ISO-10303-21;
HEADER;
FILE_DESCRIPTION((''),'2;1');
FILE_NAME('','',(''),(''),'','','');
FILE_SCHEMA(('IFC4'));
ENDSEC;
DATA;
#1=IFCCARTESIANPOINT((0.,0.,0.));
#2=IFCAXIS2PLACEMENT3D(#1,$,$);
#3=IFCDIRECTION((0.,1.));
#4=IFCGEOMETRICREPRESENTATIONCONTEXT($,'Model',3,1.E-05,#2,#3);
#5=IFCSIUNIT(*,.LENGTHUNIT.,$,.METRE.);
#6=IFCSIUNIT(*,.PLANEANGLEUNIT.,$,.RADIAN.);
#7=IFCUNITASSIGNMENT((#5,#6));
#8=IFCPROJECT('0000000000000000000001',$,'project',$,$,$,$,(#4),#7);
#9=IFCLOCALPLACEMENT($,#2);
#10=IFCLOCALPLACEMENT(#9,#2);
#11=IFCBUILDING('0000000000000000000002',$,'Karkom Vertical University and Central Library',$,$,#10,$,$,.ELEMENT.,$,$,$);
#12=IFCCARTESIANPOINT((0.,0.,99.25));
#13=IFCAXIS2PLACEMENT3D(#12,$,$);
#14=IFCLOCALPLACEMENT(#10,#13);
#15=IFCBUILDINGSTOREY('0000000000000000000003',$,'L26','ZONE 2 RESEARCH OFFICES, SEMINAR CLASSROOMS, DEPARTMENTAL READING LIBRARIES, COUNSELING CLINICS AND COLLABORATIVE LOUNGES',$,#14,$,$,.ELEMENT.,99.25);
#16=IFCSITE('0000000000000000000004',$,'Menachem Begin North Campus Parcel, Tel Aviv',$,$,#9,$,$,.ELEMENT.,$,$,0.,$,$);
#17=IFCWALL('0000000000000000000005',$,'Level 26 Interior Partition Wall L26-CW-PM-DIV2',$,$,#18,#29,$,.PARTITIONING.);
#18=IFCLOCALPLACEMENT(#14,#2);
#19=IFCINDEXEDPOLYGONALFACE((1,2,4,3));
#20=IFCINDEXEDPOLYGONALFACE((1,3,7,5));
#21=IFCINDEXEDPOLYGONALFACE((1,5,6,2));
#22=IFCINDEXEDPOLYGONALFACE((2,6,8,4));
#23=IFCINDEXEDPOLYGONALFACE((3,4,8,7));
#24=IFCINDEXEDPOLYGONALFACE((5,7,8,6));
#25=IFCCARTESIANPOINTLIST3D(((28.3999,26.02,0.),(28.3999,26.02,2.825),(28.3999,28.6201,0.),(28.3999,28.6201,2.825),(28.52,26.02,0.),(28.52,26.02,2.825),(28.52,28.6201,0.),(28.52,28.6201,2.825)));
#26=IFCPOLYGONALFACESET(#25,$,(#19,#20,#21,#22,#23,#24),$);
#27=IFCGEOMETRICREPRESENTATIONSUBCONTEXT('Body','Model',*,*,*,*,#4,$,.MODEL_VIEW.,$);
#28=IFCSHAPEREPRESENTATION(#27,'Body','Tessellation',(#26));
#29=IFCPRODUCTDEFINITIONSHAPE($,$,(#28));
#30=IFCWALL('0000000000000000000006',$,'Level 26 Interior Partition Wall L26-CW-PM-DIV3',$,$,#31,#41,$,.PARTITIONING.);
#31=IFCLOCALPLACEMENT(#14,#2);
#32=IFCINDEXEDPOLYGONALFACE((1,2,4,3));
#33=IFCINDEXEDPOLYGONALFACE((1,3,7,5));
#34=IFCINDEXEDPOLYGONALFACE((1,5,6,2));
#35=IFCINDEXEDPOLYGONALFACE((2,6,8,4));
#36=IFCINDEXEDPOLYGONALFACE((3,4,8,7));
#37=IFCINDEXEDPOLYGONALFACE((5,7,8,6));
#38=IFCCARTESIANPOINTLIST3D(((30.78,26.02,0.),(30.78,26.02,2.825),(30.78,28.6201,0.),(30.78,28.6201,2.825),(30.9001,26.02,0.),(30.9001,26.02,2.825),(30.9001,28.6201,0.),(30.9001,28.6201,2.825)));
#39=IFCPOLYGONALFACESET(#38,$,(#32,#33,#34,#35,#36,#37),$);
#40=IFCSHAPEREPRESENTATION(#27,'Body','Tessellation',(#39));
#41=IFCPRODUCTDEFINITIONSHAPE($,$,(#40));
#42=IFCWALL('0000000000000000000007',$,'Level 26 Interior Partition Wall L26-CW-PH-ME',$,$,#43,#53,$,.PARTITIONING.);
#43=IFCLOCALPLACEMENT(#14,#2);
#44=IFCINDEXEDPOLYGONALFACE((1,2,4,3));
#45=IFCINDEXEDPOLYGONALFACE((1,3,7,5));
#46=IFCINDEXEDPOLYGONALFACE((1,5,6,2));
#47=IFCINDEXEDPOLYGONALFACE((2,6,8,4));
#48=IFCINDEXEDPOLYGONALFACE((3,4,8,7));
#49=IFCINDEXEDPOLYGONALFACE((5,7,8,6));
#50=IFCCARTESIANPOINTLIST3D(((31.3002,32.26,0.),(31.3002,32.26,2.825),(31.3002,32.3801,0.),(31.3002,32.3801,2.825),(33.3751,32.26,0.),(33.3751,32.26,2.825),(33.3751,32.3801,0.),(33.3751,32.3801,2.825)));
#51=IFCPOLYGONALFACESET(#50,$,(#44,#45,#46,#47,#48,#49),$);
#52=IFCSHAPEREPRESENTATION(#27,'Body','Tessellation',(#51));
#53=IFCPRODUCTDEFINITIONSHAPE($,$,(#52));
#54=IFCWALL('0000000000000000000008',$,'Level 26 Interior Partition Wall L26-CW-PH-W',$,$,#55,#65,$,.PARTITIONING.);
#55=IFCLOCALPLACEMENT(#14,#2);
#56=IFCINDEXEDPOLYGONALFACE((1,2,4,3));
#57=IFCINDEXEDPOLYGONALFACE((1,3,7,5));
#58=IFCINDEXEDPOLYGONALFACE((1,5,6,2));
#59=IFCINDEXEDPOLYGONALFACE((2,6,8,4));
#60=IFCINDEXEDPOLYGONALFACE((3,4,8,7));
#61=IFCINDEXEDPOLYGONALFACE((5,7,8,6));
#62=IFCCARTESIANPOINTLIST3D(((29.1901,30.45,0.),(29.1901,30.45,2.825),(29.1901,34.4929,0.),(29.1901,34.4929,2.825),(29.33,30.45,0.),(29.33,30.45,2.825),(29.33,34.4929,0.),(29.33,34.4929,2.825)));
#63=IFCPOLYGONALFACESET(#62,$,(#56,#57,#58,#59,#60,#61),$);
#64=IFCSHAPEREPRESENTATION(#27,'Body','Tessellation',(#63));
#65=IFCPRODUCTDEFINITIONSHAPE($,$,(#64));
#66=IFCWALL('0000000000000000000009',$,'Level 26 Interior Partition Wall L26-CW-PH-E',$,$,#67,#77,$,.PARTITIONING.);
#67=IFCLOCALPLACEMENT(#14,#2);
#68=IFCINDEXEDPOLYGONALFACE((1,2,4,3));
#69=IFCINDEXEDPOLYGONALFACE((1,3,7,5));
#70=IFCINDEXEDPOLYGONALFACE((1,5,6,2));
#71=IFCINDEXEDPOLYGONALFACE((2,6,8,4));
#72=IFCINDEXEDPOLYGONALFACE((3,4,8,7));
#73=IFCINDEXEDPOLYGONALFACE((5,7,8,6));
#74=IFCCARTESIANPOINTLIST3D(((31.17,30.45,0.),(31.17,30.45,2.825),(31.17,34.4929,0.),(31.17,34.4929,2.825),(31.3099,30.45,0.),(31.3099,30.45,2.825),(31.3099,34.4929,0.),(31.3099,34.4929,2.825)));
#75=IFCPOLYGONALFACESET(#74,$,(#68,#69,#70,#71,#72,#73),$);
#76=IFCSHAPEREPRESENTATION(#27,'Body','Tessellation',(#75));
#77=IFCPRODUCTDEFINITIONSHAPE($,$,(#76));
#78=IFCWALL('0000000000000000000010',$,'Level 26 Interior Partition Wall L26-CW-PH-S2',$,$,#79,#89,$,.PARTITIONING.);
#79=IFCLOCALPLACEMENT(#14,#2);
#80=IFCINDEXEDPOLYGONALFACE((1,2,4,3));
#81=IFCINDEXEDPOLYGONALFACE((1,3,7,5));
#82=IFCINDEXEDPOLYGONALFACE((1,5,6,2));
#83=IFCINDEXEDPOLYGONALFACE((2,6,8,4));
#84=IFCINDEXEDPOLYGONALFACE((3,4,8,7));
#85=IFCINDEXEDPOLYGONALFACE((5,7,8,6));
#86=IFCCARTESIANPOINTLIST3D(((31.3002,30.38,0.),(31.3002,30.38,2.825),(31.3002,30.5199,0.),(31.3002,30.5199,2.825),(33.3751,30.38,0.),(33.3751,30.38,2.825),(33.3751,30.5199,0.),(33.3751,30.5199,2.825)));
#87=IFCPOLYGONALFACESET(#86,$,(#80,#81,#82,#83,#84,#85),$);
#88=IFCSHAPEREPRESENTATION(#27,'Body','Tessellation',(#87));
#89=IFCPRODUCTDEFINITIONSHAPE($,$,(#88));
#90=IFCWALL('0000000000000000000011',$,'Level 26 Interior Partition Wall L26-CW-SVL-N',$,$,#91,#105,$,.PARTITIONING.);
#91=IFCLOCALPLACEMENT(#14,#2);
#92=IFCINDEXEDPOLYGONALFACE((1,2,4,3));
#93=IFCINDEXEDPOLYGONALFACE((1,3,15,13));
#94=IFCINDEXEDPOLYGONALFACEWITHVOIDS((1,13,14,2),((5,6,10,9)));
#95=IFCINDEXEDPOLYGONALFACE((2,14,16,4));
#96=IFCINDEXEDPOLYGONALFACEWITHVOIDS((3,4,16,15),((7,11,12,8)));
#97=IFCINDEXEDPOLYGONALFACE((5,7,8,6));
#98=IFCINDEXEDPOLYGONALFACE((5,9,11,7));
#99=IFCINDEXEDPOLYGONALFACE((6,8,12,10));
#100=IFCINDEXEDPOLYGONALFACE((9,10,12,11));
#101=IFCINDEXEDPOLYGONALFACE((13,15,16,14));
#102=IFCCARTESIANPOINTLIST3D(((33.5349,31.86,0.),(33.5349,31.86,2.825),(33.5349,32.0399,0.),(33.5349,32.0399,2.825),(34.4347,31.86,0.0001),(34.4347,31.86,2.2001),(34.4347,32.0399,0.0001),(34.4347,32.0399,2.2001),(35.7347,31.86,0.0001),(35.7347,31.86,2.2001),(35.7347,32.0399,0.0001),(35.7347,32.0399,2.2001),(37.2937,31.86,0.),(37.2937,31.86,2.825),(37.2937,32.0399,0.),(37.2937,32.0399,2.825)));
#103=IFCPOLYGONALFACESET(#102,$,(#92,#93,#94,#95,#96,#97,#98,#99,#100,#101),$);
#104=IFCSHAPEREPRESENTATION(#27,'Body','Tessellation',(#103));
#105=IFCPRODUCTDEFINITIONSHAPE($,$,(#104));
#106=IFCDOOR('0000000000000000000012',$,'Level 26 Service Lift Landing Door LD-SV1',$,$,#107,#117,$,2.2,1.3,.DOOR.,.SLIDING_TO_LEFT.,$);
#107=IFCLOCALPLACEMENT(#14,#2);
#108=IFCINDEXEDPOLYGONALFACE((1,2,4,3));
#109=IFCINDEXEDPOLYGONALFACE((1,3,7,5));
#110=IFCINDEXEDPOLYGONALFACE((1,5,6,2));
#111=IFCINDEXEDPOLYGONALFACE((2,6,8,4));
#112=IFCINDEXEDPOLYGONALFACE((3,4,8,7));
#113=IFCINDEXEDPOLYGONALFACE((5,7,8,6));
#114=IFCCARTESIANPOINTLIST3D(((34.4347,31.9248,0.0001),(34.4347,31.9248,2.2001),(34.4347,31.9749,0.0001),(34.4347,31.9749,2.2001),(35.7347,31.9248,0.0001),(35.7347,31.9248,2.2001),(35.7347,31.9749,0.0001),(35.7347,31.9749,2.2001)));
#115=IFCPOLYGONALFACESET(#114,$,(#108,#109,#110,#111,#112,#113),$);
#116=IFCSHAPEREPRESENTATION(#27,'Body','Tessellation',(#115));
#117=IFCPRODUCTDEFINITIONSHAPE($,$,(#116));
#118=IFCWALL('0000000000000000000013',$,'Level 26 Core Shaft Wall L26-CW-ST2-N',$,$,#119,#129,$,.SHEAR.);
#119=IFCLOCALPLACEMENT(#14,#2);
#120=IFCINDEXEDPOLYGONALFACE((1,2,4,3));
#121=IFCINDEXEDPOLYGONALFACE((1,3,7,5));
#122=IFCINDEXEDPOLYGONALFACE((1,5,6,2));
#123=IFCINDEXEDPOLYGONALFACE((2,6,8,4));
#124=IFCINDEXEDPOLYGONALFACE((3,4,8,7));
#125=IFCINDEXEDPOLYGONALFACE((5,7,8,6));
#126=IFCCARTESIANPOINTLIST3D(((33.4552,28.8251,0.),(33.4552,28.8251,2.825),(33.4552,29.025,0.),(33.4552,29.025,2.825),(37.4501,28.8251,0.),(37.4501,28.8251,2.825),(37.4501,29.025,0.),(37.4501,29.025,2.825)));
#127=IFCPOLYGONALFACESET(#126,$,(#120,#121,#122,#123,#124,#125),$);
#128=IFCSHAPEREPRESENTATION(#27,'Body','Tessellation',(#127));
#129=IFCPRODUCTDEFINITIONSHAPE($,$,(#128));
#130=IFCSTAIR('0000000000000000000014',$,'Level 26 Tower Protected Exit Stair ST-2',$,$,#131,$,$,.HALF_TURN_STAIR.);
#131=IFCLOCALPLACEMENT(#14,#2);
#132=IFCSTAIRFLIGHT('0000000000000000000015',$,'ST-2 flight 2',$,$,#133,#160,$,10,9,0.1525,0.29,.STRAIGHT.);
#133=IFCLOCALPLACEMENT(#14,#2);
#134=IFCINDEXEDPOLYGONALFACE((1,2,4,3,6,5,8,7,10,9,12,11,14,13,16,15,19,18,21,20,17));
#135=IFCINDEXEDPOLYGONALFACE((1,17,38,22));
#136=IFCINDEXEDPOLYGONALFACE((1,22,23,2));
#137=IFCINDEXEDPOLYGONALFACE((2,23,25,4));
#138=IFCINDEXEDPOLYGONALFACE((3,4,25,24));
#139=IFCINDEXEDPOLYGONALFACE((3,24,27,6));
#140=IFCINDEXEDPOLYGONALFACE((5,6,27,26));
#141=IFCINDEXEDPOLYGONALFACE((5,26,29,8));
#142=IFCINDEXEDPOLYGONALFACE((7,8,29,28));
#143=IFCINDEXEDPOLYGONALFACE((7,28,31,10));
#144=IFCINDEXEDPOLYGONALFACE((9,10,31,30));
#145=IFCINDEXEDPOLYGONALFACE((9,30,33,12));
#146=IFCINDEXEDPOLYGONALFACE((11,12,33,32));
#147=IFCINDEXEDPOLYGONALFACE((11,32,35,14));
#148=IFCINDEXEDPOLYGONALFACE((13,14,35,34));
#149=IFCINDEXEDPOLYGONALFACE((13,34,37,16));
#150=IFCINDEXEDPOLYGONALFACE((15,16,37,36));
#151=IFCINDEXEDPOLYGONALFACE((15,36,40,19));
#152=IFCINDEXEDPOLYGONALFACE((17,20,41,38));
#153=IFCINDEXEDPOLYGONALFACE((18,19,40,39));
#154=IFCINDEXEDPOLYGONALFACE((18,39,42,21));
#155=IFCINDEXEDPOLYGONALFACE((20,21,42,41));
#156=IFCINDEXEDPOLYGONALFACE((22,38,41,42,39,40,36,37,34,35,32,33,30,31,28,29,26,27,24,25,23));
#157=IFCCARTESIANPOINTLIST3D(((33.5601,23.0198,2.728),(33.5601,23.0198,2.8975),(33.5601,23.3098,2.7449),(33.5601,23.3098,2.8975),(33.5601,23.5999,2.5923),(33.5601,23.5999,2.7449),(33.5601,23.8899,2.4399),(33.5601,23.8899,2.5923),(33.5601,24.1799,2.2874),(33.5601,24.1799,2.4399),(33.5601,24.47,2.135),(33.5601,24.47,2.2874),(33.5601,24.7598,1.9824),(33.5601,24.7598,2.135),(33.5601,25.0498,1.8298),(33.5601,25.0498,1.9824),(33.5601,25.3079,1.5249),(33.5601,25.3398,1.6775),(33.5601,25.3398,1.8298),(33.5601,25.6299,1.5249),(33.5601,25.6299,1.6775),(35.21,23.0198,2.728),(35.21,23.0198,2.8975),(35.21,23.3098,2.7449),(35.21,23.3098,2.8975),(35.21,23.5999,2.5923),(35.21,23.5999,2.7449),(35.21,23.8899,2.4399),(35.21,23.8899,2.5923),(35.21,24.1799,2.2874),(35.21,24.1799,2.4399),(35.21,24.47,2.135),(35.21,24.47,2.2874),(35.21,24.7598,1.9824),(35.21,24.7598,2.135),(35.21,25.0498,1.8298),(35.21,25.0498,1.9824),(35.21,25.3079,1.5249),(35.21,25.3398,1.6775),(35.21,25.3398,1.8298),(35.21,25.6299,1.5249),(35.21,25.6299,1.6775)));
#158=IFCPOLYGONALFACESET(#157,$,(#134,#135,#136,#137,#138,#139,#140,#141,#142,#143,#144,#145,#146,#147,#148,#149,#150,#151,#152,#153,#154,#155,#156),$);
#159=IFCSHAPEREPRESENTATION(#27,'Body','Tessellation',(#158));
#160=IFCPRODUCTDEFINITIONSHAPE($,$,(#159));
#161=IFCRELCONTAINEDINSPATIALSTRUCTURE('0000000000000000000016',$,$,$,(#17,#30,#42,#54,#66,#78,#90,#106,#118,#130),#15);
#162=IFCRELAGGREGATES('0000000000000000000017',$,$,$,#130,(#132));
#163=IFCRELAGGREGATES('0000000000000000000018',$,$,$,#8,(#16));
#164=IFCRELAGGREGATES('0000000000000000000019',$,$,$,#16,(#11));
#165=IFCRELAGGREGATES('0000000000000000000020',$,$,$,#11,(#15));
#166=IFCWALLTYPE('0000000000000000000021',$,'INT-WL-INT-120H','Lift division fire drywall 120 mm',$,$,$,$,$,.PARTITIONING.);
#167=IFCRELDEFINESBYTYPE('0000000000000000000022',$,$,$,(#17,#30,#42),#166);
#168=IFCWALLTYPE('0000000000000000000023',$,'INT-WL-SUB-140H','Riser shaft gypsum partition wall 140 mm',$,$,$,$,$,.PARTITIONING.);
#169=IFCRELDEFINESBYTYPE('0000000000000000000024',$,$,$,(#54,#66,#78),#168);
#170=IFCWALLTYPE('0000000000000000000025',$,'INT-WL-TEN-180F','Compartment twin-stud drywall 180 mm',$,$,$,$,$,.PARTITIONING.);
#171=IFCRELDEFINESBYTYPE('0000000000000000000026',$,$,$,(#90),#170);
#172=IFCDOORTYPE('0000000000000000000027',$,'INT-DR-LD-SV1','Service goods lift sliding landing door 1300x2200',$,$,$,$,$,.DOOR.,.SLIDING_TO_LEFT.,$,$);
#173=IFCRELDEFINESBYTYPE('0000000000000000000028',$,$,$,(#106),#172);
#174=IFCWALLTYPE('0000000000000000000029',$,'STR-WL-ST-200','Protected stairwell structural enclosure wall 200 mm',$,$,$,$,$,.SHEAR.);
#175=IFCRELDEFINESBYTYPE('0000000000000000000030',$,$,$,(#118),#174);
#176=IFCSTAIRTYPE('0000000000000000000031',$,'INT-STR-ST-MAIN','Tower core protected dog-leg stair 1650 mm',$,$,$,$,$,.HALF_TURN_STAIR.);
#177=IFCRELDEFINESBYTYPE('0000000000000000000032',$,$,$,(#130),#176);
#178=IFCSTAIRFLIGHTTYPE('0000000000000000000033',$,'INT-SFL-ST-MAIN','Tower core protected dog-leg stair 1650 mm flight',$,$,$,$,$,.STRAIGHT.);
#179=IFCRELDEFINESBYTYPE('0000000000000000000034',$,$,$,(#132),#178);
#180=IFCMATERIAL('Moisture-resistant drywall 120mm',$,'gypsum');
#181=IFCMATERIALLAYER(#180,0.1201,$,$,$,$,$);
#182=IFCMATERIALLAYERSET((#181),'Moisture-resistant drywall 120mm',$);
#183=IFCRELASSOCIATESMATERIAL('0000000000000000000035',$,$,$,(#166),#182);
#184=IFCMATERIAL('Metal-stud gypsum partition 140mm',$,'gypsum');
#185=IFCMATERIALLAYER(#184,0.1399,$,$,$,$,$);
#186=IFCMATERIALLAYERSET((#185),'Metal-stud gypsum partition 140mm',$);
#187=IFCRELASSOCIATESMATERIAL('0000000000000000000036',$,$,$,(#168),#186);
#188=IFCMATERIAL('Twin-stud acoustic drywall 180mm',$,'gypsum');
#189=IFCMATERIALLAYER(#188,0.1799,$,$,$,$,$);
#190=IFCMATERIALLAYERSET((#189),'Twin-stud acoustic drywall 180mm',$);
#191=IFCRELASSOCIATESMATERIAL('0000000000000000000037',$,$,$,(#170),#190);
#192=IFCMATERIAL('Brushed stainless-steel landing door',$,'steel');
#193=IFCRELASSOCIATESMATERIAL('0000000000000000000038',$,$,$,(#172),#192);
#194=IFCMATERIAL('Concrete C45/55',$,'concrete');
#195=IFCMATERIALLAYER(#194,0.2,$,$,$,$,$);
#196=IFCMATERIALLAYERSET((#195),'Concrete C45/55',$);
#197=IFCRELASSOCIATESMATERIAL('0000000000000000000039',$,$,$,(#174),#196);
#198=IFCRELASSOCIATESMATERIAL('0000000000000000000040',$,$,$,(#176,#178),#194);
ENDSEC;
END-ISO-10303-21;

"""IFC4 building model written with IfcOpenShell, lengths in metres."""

from ifc_helpers import new_model, si_unit, direction, frame, frame_2d, origin, origin_with_axes, place, context, subcontext, project, spatial, polyline, rectangle, outline, extrude, source, transform, mapped, material, layer, layer_set, type_object, element, fill, aggregate, save


model = new_model("IFC4")

# Units and contexts
model_context = context("Model", 3, precision=1e-05, world=origin(), true_north=direction((0.0, 1.0)))
body_context = subcontext(model_context, "Body", "Model", "MODEL_VIEW")
ifc_project = project(units=[si_unit("LENGTHUNIT", "METRE"), si_unit("PLANEANGLEUNIT", "RADIAN")], contexts=[model_context])

# Site, building, storey
site_placement = place(None, origin())
site = spatial("IfcSite", under=ifc_project, at=site_placement, Name="Menachem Begin North Campus Parcel, Tel Aviv", CompositionType="ELEMENT", RefElevation=0.0)
building_placement = place(site_placement, origin())
building = spatial("IfcBuilding", under=site, at=building_placement, Name="Karkom Vertical University and Central Library", CompositionType="ELEMENT")
storey_placement = place(building_placement, frame((0.0, 0.0, 99.25)))
storey = spatial("IfcBuildingStorey", under=building, at=storey_placement, Name="L26", Description="ZONE 2 RESEARCH OFFICES, SEMINAR CLASSROOMS, DEPARTMENTAL READING LIBRARIES, COUNSELING CLINICS AND COLLABORATIVE LOUNGES", CompositionType="ELEMENT", Elevation=99.25)

# Walls
ifc_material_1 = material(Name="Moisture-resistant drywall 120mm", Category="gypsum")
ifc_layer_1 = layer(ifc_material_1, 0.1201)
ifc_layer_set_1 = layer_set([ifc_layer_1], Name="Moisture-resistant drywall 120mm")
wall_type_1 = type_object("IfcWallType", Name="INT-WL-INT-120H", Description="Lift division fire drywall 120 mm", PredefinedType="PARTITIONING", material=ifc_layer_set_1)
for number, where, z_axis, x_axis, name in (
    (1, (28.46, 26.02, 0.0), (0.0, 0.0, 1.0), (0.0, 1.0, 0.0), "Level 26 Interior Partition Wall L26-CW-PM-DIV2"),
    (2, (30.8401, 26.02, 0.0), (0.0, 0.0, 1.0), (0.0, 1.0, 0.0), "Level 26 Interior Partition Wall L26-CW-PM-DIV3"),
):
    element("IfcWall", number, at=place(storey_placement, frame(where, z_axis=z_axis, x_axis=x_axis)), inside=storey, type_object=wall_type_1, Name=name, PredefinedType="PARTITIONING", context=body_context, shape_type="SweptSolid", body=[
        extrude(rectangle(XDim=2.6001, YDim=0.1201, at=frame_2d((1.3, 0.0))), origin(), (0.0, 0.0, 1.0), 2.825),
    ])
wall_1_placement = place(storey_placement, frame((31.3, 32.3201, 0.0), z_axis=(0.0, 0.0, 1.0), x_axis=(1.0, 0.0, 0.0)))
element("IfcWall", 3, at=wall_1_placement, inside=storey, type_object=wall_type_1, Name="Level 26 Interior Partition Wall L26-CW-PH-ME", PredefinedType="PARTITIONING", context=body_context, shape_type="SweptSolid", body=[
    extrude(rectangle(XDim=2.075, YDim=0.1201, at=frame_2d((1.0376, 0.0))), origin(), (0.0, 0.0, 1.0), 2.825),
])
ifc_material_2 = material(Name="Metal-stud gypsum partition 140mm", Category="gypsum")
ifc_layer_2 = layer(ifc_material_2, 0.1399)
ifc_layer_set_2 = layer_set([ifc_layer_2], Name="Metal-stud gypsum partition 140mm")
wall_type_2 = type_object("IfcWallType", Name="INT-WL-SUB-140H", Description="Riser shaft gypsum partition wall 140 mm", PredefinedType="PARTITIONING", material=ifc_layer_set_2)
for number, where, z_axis, x_axis, name in (
    (4, (29.26, 30.45, 0.0), (0.0, 0.0, 1.0), (0.0, 1.0, 0.0), "Level 26 Interior Partition Wall L26-CW-PH-W"),
    (5, (31.24, 30.45, 0.0), (0.0, 0.0, 1.0), (0.0, 1.0, 0.0), "Level 26 Interior Partition Wall L26-CW-PH-E"),
):
    element("IfcWall", number, at=place(storey_placement, frame(where, z_axis=z_axis, x_axis=x_axis)), inside=storey, type_object=wall_type_2, Name=name, PredefinedType="PARTITIONING", context=body_context, shape_type="SweptSolid", body=[
        extrude(rectangle(XDim=4.043, YDim=0.1399, at=frame_2d((2.0215, 0.0))), origin(), (0.0, 0.0, 1.0), 2.825),
    ])
wall_2_placement = place(storey_placement, frame((31.3, 30.45, 0.0), z_axis=(0.0, 0.0, 1.0), x_axis=(1.0, 0.0, 0.0)))
element("IfcWall", 6, at=wall_2_placement, inside=storey, type_object=wall_type_2, Name="Level 26 Interior Partition Wall L26-CW-PH-S2", PredefinedType="PARTITIONING", context=body_context, shape_type="SweptSolid", body=[
    extrude(rectangle(XDim=2.075, YDim=0.1399, at=frame_2d((1.0376, 0.0))), origin(), (0.0, 0.0, 1.0), 2.825),
])

# Wall, opening, door
ifc_material_3 = material(Name="Twin-stud acoustic drywall 180mm", Category="gypsum")
ifc_layer_3 = layer(ifc_material_3, 0.1799)
ifc_layer_set_3 = layer_set([ifc_layer_3], Name="Twin-stud acoustic drywall 180mm")
wall_type_3 = type_object("IfcWallType", Name="INT-WL-TEN-180F", Description="Compartment twin-stud drywall 180 mm", PredefinedType="PARTITIONING", material=ifc_layer_set_3)
wall_3_placement = place(storey_placement, frame((33.5349, 31.95, 0.0), z_axis=(0.0, 0.0, 1.0), x_axis=(1.0, 0.0, 0.0)))
wall_3 = element("IfcWall", 7, at=wall_3_placement, inside=storey, type_object=wall_type_3, Name="Level 26 Interior Partition Wall L26-CW-SVL-N", PredefinedType="PARTITIONING", context=body_context, shape_type="SweptSolid", body=[
    extrude(rectangle(XDim=3.7588, YDim=0.1799, at=frame_2d((1.8794, 0.0))), origin(), (0.0, 0.0, 1.0), 2.825),
])
opening_1_placement = place(wall_3_placement, frame((0.8999, 0.0, 0.0)))
opening_1 = element("IfcOpeningElement", 8, at=opening_1_placement, cuts=wall_3, PredefinedType="OPENING", context=body_context, shape_type="SweptSolid", body=[
    extrude(rectangle(XDim=1.3, YDim=2.2, at=frame_2d((0.6499, 1.1001))), frame((0.0, 0.1001, 0.0), z_axis=(0.0, -1.0, 0.0), x_axis=(1.0, 0.0, 0.0)), (0.0, 0.0, 1.0), 0.2),
])
ifc_material_4 = material(Name="Brushed stainless-steel landing door", Category="steel")
door_type = type_object("IfcDoorType", Name="INT-DR-LD-SV1", Description="Service goods lift sliding landing door 1300x2200", OperationType="SLIDING_TO_LEFT", PredefinedType="DOOR", material=ifc_material_4)
shared_shape_1 = source(origin_with_axes(), body_context, "Body", "SweptSolid", [
    extrude(rectangle(XDim=1.3, YDim=2.2, at=frame_2d((0.6499, 1.1001))), frame((0.0, 0.0249, 0.0), z_axis=(0.0, -1.0, 0.0), x_axis=(1.0, 0.0, 0.0)), (0.0, 0.0, 1.0), 0.05),
])
door_placement = place(opening_1_placement, origin())
door = element("IfcDoor", 9, at=door_placement, inside=storey, type_object=door_type, Name="Level 26 Service Lift Landing Door LD-SV1", OperationType="SLIDING_TO_LEFT", OverallHeight=2.2, OverallWidth=1.3, PredefinedType="DOOR", context=body_context, shape_type="MappedRepresentation", body=[
    mapped(shared_shape_1, transform((0.0, 0.0, 0.0), scale=1.0)),
])
fill(opening_1, door)

# Wall
ifc_material_5 = material(Name="Concrete C45/55", Category="concrete")
ifc_layer_4 = layer(ifc_material_5, 0.2)
ifc_layer_set_4 = layer_set([ifc_layer_4], Name="Concrete C45/55")
wall_type_4 = type_object("IfcWallType", Name="STR-WL-ST-200", Description="Protected stairwell structural enclosure wall 200 mm", PredefinedType="SHEAR", material=ifc_layer_set_4)
wall_4_placement = place(storey_placement, frame((33.4551, 28.925, 0.0), z_axis=(0.0, 0.0, 1.0), x_axis=(1.0, 0.0, 0.0)))
element("IfcWall", 10, at=wall_4_placement, inside=storey, type_object=wall_type_4, Name="Level 26 Core Shaft Wall L26-CW-ST2-N", PredefinedType="SHEAR", context=body_context, shape_type="SweptSolid", body=[
    extrude(rectangle(XDim=3.9949, YDim=0.2, at=frame_2d((1.9976, 0.0))), origin(), (0.0, 0.0, 1.0), 2.825),
])

# Stair, stair flight
stair_type = type_object("IfcStairType", Name="INT-STR-ST-MAIN", Description="Tower core protected dog-leg stair 1650 mm", PredefinedType="HALF_TURN_STAIR", material=ifc_material_5)
stair_placement = place(storey_placement, origin())
stair = element("IfcStair", 11, at=stair_placement, inside=storey, type_object=stair_type, Name="Level 26 Tower Protected Exit Stair ST-2", PredefinedType="HALF_TURN_STAIR")
stair_flight_type = type_object("IfcStairFlightType", Name="INT-SFL-ST-MAIN", Description="Tower core protected dog-leg stair 1650 mm flight", PredefinedType="STRAIGHT", material=ifc_material_5)
stair_flight_placement = place(storey_placement, frame((34.385, 25.6299, 1.5249), z_axis=(0.0, 0.0, 1.0), x_axis=(0.0, -1.0, 0.0)))
stair_flight = element("IfcStairFlight", 12, at=stair_flight_placement, type_object=stair_flight_type, Name="ST-2 flight 2", NumberOfRisers=10, NumberOfTreads=9, PredefinedType="STRAIGHT", RiserHeight=0.1525, TreadLength=0.29, context=body_context, shape_type="SweptSolid", body=[
    extrude(outline(polyline([(0.0, 0.0), (0.0, 0.1526), (0.29, 0.1526), (0.29, 0.3049), (0.5801, 0.3049), (0.5801, 0.4575), (0.8701, 0.4575), (0.8701, 0.6101), (1.1599, 0.6101), (1.1599, 0.7625), (1.45, 0.7625), (1.45, 0.915), (1.74, 0.915), (1.74, 1.0674), (2.03, 1.0674), (2.03, 1.22), (2.3201, 1.22), (2.3201, 1.3726), (2.6101, 1.3726), (2.6101, 1.5249), (2.6101, 1.2031), (0.322, 0.0), (0.0, 0.0)])), frame((0.0, 0.825, 0.0), z_axis=(0.0, -1.0, 0.0), x_axis=(1.0, 0.0, 0.0)), (0.0, 0.0, 1.0), 1.6499),
])
aggregate(stair, [stair_flight])

save(model, "model.ifc")
